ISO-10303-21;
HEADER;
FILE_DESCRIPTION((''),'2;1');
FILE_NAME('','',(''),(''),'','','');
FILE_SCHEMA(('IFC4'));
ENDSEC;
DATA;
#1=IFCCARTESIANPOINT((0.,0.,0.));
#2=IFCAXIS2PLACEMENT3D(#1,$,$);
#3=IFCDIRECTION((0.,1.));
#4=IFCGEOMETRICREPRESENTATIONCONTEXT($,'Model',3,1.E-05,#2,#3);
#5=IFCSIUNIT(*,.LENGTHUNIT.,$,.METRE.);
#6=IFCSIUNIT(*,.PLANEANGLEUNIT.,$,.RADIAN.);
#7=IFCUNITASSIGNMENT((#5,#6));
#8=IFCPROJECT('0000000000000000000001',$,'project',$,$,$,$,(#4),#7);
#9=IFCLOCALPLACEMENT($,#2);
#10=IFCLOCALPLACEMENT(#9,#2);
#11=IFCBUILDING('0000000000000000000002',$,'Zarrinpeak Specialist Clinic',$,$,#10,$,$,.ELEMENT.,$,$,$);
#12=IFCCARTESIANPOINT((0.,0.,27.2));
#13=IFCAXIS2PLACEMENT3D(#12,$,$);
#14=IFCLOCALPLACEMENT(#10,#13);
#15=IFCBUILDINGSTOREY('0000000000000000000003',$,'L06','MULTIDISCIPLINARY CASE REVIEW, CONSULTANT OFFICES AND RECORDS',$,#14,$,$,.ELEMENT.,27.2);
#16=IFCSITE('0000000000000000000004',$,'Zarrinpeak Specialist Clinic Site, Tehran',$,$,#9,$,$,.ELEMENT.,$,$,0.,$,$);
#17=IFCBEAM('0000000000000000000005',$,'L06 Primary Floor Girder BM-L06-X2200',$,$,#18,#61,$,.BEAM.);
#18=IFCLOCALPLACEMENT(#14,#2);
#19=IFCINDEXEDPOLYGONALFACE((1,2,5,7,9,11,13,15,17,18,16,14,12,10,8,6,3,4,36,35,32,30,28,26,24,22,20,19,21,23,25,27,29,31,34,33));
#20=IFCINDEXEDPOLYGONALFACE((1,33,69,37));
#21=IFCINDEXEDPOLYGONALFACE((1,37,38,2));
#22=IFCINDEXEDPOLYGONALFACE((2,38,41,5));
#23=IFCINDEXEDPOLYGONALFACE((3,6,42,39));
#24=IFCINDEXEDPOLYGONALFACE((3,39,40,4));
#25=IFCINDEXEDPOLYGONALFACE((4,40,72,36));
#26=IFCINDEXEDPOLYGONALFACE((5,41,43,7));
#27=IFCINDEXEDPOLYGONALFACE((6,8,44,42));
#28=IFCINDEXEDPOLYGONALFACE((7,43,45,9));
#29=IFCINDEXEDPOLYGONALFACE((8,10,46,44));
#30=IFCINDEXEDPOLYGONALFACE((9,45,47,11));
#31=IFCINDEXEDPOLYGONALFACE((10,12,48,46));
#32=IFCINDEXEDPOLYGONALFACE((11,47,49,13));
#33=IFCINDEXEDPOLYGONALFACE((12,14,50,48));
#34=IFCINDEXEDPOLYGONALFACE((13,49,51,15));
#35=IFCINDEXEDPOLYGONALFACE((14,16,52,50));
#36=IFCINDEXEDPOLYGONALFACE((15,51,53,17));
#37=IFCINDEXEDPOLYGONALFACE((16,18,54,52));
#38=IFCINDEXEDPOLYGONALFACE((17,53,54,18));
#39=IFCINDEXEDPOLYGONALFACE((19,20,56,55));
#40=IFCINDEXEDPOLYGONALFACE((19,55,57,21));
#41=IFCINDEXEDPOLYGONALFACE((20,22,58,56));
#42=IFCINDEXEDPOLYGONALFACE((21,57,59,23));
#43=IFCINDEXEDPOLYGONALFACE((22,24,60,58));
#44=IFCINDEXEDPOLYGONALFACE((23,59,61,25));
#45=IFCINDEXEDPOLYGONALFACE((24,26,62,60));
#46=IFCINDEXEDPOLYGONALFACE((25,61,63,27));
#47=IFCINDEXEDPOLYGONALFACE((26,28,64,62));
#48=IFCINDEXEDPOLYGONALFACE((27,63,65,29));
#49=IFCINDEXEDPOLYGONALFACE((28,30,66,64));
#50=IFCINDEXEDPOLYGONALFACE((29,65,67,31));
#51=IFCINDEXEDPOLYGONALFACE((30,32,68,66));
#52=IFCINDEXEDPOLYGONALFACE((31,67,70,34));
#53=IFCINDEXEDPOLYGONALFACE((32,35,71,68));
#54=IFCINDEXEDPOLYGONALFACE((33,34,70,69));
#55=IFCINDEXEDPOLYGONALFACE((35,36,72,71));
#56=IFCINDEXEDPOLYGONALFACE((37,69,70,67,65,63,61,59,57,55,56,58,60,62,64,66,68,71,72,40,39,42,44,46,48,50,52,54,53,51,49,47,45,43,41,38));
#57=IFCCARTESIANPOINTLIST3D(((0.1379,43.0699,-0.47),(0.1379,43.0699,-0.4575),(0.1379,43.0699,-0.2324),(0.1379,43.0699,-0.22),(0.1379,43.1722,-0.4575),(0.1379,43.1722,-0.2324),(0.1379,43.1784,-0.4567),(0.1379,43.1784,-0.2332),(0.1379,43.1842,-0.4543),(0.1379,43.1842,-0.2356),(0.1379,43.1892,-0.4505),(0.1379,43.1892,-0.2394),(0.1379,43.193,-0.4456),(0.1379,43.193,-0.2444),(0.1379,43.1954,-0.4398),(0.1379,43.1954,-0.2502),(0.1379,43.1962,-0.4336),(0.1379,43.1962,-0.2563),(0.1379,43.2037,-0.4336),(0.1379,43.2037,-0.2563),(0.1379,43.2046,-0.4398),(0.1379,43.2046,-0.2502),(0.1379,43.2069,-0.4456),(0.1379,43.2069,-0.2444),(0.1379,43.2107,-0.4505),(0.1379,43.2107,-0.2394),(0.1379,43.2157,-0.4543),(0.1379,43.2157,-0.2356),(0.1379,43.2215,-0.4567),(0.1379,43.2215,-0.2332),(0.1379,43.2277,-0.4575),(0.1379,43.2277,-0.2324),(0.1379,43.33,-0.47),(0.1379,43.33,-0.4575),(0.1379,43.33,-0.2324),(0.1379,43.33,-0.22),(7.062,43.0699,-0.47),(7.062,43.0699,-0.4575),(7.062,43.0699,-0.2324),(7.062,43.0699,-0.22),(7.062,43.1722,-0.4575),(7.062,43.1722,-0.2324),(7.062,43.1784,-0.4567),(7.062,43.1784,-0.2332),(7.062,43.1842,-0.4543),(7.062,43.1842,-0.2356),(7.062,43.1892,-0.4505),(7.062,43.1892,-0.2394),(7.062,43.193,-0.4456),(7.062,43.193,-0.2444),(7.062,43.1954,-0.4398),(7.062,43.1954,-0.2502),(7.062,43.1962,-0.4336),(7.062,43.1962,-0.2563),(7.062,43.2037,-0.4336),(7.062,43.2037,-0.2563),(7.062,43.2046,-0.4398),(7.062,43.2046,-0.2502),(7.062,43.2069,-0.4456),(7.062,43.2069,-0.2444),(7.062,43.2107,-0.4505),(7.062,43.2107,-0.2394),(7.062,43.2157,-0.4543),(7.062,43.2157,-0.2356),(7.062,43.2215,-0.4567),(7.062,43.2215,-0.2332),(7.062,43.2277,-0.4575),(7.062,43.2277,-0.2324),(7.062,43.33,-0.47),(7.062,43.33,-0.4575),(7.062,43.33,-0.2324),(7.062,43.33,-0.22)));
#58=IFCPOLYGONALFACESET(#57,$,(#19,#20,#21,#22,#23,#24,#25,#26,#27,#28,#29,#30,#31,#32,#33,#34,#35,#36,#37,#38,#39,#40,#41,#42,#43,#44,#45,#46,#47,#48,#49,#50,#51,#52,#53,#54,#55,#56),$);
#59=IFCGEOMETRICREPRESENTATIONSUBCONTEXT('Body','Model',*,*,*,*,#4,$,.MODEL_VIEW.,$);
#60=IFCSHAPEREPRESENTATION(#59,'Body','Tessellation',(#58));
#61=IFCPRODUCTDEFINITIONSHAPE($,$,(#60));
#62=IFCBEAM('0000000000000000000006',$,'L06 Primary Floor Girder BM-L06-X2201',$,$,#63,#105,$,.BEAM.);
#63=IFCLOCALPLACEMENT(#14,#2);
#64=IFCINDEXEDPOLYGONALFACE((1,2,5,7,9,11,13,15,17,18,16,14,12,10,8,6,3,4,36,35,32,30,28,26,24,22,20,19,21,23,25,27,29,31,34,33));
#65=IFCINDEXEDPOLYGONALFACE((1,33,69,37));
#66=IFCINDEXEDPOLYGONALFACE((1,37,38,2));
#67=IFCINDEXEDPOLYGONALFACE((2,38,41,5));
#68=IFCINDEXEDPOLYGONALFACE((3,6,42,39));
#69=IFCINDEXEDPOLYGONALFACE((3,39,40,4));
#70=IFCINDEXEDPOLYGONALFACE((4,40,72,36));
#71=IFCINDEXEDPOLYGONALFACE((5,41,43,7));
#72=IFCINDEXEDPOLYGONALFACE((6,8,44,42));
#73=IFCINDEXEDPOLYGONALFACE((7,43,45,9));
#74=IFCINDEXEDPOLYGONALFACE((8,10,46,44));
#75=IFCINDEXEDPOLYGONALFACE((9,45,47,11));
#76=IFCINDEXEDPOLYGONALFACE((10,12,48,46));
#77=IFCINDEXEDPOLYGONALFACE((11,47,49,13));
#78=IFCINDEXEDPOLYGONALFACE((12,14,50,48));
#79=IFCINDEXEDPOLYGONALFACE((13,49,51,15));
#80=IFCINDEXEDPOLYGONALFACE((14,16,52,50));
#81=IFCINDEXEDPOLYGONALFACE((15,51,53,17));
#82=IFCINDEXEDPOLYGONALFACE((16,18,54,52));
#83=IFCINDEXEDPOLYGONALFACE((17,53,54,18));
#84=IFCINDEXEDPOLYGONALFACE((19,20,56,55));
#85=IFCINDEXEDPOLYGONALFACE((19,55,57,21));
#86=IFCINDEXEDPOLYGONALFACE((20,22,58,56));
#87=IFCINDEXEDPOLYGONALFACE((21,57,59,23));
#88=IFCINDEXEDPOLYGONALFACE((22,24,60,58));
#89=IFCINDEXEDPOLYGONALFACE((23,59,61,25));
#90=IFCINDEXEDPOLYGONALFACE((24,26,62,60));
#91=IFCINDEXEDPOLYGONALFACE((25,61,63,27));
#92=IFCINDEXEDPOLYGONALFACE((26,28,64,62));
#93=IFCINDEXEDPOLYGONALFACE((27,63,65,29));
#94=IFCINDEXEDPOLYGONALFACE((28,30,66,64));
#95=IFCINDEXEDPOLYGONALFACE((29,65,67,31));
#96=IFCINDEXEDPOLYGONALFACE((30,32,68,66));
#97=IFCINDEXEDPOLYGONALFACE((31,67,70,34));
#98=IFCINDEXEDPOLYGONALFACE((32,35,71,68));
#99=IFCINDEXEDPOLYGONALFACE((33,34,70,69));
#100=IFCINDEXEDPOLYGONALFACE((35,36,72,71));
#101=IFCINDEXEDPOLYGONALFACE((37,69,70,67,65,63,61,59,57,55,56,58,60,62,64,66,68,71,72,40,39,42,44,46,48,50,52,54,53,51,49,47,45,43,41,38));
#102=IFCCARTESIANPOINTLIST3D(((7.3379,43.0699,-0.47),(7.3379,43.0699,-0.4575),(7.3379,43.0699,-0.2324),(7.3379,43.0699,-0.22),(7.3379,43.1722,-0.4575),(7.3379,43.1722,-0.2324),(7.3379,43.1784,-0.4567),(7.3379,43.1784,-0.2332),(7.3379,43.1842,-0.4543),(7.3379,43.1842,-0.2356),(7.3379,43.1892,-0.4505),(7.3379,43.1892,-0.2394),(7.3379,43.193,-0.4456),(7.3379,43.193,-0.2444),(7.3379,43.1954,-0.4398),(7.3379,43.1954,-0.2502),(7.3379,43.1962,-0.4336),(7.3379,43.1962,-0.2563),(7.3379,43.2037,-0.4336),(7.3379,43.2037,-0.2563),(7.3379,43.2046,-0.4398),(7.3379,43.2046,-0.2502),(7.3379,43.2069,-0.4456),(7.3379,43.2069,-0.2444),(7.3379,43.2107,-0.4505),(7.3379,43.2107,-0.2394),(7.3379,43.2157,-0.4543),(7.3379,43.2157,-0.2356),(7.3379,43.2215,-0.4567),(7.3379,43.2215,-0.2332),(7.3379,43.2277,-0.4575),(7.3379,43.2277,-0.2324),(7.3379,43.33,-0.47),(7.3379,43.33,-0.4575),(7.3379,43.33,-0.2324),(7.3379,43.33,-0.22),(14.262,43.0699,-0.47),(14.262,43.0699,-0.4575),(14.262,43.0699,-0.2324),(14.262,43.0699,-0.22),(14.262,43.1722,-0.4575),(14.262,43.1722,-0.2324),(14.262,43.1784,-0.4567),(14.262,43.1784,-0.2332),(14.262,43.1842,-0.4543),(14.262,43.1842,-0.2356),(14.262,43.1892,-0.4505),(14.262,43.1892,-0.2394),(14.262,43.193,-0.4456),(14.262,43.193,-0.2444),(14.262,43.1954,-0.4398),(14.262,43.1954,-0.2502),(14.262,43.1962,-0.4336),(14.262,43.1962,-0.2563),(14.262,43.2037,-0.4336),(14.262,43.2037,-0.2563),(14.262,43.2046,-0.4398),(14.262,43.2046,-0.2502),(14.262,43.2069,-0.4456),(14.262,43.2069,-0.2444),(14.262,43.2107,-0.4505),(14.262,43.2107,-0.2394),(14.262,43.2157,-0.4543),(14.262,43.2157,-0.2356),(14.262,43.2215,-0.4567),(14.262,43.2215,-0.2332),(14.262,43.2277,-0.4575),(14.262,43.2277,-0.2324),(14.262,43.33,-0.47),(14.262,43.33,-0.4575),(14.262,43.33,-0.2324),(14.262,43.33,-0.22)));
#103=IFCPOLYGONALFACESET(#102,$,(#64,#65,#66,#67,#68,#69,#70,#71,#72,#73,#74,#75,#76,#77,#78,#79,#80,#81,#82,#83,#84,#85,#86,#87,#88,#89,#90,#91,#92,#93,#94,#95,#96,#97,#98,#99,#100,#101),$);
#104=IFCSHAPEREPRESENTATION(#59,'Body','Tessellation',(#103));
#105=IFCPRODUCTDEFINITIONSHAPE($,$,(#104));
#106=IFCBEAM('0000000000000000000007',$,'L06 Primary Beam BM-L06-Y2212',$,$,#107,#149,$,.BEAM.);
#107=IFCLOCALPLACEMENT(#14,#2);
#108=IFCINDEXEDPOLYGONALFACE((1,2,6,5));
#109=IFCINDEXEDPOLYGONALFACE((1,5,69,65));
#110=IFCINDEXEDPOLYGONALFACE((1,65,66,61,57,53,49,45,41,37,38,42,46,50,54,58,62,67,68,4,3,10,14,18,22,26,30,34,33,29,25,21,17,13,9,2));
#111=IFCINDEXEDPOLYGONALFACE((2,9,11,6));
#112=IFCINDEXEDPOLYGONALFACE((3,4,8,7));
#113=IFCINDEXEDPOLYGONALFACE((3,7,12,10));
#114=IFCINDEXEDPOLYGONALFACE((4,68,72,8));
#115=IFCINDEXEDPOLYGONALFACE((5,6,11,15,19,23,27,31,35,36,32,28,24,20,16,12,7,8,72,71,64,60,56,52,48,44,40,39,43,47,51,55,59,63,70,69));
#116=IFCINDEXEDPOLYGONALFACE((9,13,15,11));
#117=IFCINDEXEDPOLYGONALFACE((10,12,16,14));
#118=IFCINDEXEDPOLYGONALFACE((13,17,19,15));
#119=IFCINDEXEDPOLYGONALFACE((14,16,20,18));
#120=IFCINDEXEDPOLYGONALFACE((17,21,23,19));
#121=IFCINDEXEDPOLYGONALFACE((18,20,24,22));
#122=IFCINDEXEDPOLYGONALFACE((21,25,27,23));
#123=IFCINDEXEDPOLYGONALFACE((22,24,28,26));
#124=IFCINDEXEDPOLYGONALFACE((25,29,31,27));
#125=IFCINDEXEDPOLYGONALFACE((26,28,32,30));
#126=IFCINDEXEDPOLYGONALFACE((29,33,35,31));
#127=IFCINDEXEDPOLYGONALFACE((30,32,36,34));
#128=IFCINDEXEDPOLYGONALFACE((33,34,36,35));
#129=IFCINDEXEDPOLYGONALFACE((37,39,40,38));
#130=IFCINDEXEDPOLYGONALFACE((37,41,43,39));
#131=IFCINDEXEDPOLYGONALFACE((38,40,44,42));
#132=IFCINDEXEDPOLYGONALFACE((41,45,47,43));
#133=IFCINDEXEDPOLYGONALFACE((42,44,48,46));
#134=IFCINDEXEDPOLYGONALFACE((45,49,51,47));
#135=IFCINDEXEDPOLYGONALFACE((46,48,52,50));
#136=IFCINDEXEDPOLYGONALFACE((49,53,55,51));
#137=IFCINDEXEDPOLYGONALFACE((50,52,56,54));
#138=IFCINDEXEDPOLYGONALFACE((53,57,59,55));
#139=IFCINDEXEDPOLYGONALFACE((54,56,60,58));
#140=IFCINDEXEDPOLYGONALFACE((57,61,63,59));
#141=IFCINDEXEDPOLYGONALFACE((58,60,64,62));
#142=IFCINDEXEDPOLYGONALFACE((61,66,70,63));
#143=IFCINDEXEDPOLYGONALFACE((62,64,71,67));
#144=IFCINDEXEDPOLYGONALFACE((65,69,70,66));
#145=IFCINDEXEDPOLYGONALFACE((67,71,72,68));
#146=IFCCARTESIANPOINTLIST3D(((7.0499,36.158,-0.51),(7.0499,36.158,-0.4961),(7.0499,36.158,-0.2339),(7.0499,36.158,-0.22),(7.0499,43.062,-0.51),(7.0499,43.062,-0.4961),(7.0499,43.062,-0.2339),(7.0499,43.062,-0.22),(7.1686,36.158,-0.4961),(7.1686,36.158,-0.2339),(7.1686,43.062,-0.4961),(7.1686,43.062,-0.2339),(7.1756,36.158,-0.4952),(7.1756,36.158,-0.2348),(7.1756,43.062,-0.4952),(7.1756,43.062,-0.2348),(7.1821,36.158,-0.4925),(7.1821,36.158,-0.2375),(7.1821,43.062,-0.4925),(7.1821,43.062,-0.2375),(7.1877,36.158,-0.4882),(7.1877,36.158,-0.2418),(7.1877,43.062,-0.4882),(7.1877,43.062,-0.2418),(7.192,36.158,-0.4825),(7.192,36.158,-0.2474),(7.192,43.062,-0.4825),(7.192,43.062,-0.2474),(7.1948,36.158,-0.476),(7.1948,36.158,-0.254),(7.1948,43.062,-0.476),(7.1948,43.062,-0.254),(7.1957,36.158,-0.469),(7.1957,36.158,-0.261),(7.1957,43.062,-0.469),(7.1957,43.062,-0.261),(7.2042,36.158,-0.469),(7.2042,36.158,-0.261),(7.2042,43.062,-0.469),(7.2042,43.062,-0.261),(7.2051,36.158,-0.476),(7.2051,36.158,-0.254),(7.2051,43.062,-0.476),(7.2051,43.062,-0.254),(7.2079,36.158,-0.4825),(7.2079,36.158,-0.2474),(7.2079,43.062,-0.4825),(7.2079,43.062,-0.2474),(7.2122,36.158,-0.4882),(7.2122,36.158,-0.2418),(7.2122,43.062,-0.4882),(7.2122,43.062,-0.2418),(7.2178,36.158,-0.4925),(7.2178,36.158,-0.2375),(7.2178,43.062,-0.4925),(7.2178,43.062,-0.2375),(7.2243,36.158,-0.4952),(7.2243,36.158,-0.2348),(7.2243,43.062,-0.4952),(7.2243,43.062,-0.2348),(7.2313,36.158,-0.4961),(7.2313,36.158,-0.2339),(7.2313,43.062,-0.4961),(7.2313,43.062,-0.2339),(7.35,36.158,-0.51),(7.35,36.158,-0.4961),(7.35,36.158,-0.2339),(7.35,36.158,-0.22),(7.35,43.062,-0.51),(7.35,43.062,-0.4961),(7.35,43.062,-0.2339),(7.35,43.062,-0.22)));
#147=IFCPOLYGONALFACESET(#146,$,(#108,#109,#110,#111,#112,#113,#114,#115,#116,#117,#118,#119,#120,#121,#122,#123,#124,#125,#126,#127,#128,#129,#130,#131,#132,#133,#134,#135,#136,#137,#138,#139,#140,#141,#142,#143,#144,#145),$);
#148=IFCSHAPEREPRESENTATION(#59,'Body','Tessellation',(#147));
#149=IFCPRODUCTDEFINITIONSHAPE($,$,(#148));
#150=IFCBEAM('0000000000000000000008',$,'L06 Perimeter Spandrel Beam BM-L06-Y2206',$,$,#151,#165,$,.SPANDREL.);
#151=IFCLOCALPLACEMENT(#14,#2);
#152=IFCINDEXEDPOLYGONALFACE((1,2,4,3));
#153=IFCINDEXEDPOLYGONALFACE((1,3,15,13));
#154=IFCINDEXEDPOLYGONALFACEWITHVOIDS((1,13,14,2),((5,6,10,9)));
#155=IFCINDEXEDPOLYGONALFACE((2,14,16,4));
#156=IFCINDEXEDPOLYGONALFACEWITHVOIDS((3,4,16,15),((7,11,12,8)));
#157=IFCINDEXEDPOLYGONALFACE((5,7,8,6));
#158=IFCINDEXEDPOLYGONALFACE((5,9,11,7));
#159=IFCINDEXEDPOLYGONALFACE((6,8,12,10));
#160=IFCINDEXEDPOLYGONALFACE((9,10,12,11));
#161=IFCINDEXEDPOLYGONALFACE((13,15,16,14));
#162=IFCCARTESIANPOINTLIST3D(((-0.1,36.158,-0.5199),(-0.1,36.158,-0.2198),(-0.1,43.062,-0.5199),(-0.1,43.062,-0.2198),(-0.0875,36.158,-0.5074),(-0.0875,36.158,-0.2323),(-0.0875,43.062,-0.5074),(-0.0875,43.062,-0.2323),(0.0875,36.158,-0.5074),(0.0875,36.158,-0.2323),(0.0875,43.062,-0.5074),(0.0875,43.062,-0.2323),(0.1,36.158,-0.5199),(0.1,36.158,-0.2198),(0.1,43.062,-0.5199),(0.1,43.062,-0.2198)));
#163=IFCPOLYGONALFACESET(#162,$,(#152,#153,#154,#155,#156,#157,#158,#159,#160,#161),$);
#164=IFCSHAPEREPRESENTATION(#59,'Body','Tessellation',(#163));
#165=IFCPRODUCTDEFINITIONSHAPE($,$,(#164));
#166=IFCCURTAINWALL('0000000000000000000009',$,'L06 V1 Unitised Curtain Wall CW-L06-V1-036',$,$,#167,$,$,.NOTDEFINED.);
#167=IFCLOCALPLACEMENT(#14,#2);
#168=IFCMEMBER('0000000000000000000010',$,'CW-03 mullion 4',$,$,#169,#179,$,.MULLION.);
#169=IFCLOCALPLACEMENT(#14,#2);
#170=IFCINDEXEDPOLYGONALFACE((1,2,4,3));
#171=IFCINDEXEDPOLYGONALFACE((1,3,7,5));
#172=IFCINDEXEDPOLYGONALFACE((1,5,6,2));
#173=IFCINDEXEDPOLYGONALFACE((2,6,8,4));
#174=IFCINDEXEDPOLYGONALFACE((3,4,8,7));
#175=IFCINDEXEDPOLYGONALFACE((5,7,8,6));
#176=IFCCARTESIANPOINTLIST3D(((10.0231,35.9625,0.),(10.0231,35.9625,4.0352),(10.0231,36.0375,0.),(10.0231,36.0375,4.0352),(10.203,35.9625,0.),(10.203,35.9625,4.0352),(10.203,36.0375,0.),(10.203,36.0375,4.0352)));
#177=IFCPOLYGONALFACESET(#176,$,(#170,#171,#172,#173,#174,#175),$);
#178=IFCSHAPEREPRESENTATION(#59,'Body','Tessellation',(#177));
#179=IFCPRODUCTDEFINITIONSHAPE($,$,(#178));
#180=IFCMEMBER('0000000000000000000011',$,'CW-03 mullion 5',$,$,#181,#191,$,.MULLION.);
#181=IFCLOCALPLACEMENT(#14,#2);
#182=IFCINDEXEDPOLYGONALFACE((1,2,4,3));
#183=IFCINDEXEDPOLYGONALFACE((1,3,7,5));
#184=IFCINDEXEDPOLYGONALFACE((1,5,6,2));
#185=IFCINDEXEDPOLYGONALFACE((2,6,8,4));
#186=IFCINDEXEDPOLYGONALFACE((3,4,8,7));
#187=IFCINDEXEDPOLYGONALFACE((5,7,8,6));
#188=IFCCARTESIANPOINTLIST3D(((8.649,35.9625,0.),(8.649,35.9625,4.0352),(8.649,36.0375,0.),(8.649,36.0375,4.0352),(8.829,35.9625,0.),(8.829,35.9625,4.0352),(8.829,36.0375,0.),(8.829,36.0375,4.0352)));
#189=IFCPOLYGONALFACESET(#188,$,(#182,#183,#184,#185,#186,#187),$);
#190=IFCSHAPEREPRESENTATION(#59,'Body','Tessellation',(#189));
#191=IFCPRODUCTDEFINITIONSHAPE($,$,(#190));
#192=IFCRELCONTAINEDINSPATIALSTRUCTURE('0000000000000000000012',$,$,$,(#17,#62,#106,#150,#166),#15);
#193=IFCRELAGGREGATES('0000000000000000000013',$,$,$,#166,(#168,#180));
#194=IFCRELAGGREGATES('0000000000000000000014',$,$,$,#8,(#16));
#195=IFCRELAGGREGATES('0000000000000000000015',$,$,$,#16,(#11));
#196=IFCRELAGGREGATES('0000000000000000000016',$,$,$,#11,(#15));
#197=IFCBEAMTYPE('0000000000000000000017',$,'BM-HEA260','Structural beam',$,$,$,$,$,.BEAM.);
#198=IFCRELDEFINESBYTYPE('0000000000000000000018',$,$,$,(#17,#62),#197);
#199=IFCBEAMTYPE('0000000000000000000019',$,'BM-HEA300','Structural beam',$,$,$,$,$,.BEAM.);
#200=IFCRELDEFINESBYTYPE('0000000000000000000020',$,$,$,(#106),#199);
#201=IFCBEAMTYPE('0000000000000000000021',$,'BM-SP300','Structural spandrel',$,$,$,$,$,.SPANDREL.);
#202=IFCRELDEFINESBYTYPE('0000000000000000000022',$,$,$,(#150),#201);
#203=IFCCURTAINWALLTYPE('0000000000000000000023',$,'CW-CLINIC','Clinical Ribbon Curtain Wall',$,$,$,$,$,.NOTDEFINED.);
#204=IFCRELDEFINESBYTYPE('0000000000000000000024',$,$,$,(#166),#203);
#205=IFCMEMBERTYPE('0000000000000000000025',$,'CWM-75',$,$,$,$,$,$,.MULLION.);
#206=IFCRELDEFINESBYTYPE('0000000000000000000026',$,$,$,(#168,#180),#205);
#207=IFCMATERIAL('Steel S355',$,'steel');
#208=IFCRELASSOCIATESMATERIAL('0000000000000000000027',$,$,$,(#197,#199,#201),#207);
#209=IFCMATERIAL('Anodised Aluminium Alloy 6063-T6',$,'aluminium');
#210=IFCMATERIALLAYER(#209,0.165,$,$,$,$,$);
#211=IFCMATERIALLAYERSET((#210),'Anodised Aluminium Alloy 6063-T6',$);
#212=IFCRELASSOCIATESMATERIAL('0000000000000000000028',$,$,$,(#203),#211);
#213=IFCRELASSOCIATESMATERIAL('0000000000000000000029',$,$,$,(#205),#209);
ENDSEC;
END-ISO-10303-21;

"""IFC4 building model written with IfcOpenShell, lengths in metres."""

from ifc_helpers import new_model, si_unit, direction, frame, origin, origin_2d, place, context, subcontext, project, spatial, rectangle, hollow_rectangle, i_section, extrude, material, layer, layer_set, material_profile, profile_set, type_object, element, aggregate, save


model = new_model("IFC4")

# Units and contexts
model_context = context("Model", 3, precision=1e-05, world=origin(), true_north=direction((0.0, 1.0)))
body_context = subcontext(model_context, "Body", "Model", "MODEL_VIEW")
ifc_project = project(units=[si_unit("LENGTHUNIT", "METRE"), si_unit("PLANEANGLEUNIT", "RADIAN")], contexts=[model_context])

# Site, building, storey
site_placement = place(None, origin())
site = spatial("IfcSite", under=ifc_project, at=site_placement, Name="Zarrinpeak Specialist Clinic Site, Tehran", CompositionType="ELEMENT", RefElevation=0.0)
building_placement = place(site_placement, origin())
building = spatial("IfcBuilding", under=site, at=building_placement, Name="Zarrinpeak Specialist Clinic", CompositionType="ELEMENT")
storey_placement = place(building_placement, frame((0.0, 0.0, 27.2)))
storey = spatial("IfcBuildingStorey", under=building, at=storey_placement, Name="L06", Description="MULTIDISCIPLINARY CASE REVIEW, CONSULTANT OFFICES AND RECORDS", CompositionType="ELEMENT", Elevation=27.2)

# Beams
ifc_material_1 = material(Name="Steel S355", Category="steel")
ifc_material_profile_1 = material_profile(ifc_material_1, i_section(OverallWidth=0.26, OverallDepth=0.25, WebThickness=0.0076, FlangeThickness=0.0125, FilletRadius=0.0239, at=origin_2d()), Name="HEA 260")
ifc_profile_set_1 = profile_set([ifc_material_profile_1], Name="Steel S355")
beam_type_1 = type_object("IfcBeamType", Name="BM-HEA260", Description="Structural beam", PredefinedType="BEAM", material=ifc_profile_set_1)
for number, where, z_axis, x_axis, name in (
    (1, (0.1379, 43.2, -0.345), (1.0, 0.0, 0.0), (0.0, 1.0, 0.0), "L06 Primary Floor Girder BM-L06-X2200"),
    (2, (7.3379, 43.2, -0.345), (1.0, 0.0, 0.0), (0.0, 1.0, 0.0), "L06 Primary Floor Girder BM-L06-X2201"),
):
    element("IfcBeam", number, at=place(storey_placement, frame(where, z_axis=z_axis, x_axis=x_axis)), inside=storey, type_object=beam_type_1, Name=name, PredefinedType="BEAM", context=body_context, shape_type="SweptSolid", body=[
        extrude(i_section(OverallWidth=0.26, OverallDepth=0.25, WebThickness=0.0076, FlangeThickness=0.0125, FilletRadius=0.0239, at=origin_2d()), origin(), (0.0, 0.0, 1.0), 6.9241),
    ])
ifc_material_profile_2 = material_profile(ifc_material_1, i_section(OverallWidth=0.3, OverallDepth=0.29, WebThickness=0.0085, FlangeThickness=0.0139, FilletRadius=0.0271, at=origin_2d()), Name="HEA 300")
ifc_profile_set_2 = profile_set([ifc_material_profile_2], Name="Steel S355")
beam_type_2 = type_object("IfcBeamType", Name="BM-HEA300", Description="Structural beam", PredefinedType="BEAM", material=ifc_profile_set_2)
beam_1_placement = place(storey_placement, frame((7.2, 36.158, -0.365), z_axis=(0.0, 1.0, 0.0), x_axis=(-1.0, 0.0, 0.0)))
element("IfcBeam", 3, at=beam_1_placement, inside=storey, type_object=beam_type_2, Name="L06 Primary Beam BM-L06-Y2212", PredefinedType="BEAM", context=body_context, shape_type="SweptSolid", body=[
    extrude(i_section(OverallWidth=0.3, OverallDepth=0.29, WebThickness=0.0085, FlangeThickness=0.0139, FilletRadius=0.0271, at=origin_2d()), origin(), (0.0, 0.0, 1.0), 6.9041),
])
ifc_material_profile_3 = material_profile(ifc_material_1, hollow_rectangle(XDim=0.2, YDim=0.3, WallThickness=0.0125, at=origin_2d()), Name="RHS 300x200x12.5")
ifc_profile_set_3 = profile_set([ifc_material_profile_3], Name="Steel S355")
beam_type_3 = type_object("IfcBeamType", Name="BM-SP300", Description="Structural spandrel", PredefinedType="SPANDREL", material=ifc_profile_set_3)
beam_2_placement = place(storey_placement, frame((0.0, 36.158, -0.3699), z_axis=(0.0, 1.0, 0.0), x_axis=(-1.0, 0.0, 0.0)))
element("IfcBeam", 4, at=beam_2_placement, inside=storey, type_object=beam_type_3, Name="L06 Perimeter Spandrel Beam BM-L06-Y2206", PredefinedType="SPANDREL", context=body_context, shape_type="SweptSolid", body=[
    extrude(hollow_rectangle(XDim=0.2, YDim=0.3, WallThickness=0.0125, at=origin_2d()), origin(), (0.0, 0.0, 1.0), 6.9041),
])

# Curtain wall, members
ifc_material_2 = material(Name="Anodised Aluminium Alloy 6063-T6", Category="aluminium")
ifc_layer_1 = layer(ifc_material_2, 0.165)
ifc_layer_set_1 = layer_set([ifc_layer_1], Name="Anodised Aluminium Alloy 6063-T6")
curtain_wall_type = type_object("IfcCurtainWallType", Name="CW-CLINIC", Description="Clinical Ribbon Curtain Wall", PredefinedType="NOTDEFINED", material=ifc_layer_set_1)
curtain_wall_placement = place(storey_placement, origin())
curtain_wall = element("IfcCurtainWall", 5, at=curtain_wall_placement, inside=storey, type_object=curtain_wall_type, Name="L06 V1 Unitised Curtain Wall CW-L06-V1-036", PredefinedType="NOTDEFINED")
ifc_material_profile_4 = material_profile(ifc_material_2, rectangle(XDim=0.075, YDim=0.1799, at=origin_2d()), Name="ALU 75x180")
ifc_profile_set_4 = profile_set([ifc_material_profile_4], Name="Anodised Aluminium Alloy 6063-T6")
member_type_1 = type_object("IfcMemberType", Name="CWM-75", PredefinedType="MULLION", material=ifc_profile_set_4)
member_1_placement = place(storey_placement, frame((10.113, 36.0, 0.0), z_axis=(0.0, 0.0, 1.0), x_axis=(0.0, -1.0, 0.0)))
member_1 = element("IfcMember", 6, at=member_1_placement, type_object=member_type_1, Name="CW-03 mullion 4", PredefinedType="MULLION", context=body_context, shape_type="SweptSolid", body=[
    extrude(rectangle(XDim=0.075, YDim=0.1799, at=origin_2d()), origin(), (0.0, 0.0, 1.0), 4.0352),
])
member_2_placement = place(storey_placement, frame((8.739, 36.0, 0.0), z_axis=(0.0, 0.0, 1.0), x_axis=(0.0, -1.0, 0.0)))
member_2 = element("IfcMember", 7, at=member_2_placement, type_object=member_type_1, Name="CW-03 mullion 5", PredefinedType="MULLION", context=body_context, shape_type="SweptSolid", body=[
    extrude(rectangle(XDim=0.075, YDim=0.1799, at=origin_2d()), origin(), (0.0, 0.0, 1.0), 4.0352),
])
aggregate(curtain_wall, [member_1, member_2])

save(model, "model.ifc")
